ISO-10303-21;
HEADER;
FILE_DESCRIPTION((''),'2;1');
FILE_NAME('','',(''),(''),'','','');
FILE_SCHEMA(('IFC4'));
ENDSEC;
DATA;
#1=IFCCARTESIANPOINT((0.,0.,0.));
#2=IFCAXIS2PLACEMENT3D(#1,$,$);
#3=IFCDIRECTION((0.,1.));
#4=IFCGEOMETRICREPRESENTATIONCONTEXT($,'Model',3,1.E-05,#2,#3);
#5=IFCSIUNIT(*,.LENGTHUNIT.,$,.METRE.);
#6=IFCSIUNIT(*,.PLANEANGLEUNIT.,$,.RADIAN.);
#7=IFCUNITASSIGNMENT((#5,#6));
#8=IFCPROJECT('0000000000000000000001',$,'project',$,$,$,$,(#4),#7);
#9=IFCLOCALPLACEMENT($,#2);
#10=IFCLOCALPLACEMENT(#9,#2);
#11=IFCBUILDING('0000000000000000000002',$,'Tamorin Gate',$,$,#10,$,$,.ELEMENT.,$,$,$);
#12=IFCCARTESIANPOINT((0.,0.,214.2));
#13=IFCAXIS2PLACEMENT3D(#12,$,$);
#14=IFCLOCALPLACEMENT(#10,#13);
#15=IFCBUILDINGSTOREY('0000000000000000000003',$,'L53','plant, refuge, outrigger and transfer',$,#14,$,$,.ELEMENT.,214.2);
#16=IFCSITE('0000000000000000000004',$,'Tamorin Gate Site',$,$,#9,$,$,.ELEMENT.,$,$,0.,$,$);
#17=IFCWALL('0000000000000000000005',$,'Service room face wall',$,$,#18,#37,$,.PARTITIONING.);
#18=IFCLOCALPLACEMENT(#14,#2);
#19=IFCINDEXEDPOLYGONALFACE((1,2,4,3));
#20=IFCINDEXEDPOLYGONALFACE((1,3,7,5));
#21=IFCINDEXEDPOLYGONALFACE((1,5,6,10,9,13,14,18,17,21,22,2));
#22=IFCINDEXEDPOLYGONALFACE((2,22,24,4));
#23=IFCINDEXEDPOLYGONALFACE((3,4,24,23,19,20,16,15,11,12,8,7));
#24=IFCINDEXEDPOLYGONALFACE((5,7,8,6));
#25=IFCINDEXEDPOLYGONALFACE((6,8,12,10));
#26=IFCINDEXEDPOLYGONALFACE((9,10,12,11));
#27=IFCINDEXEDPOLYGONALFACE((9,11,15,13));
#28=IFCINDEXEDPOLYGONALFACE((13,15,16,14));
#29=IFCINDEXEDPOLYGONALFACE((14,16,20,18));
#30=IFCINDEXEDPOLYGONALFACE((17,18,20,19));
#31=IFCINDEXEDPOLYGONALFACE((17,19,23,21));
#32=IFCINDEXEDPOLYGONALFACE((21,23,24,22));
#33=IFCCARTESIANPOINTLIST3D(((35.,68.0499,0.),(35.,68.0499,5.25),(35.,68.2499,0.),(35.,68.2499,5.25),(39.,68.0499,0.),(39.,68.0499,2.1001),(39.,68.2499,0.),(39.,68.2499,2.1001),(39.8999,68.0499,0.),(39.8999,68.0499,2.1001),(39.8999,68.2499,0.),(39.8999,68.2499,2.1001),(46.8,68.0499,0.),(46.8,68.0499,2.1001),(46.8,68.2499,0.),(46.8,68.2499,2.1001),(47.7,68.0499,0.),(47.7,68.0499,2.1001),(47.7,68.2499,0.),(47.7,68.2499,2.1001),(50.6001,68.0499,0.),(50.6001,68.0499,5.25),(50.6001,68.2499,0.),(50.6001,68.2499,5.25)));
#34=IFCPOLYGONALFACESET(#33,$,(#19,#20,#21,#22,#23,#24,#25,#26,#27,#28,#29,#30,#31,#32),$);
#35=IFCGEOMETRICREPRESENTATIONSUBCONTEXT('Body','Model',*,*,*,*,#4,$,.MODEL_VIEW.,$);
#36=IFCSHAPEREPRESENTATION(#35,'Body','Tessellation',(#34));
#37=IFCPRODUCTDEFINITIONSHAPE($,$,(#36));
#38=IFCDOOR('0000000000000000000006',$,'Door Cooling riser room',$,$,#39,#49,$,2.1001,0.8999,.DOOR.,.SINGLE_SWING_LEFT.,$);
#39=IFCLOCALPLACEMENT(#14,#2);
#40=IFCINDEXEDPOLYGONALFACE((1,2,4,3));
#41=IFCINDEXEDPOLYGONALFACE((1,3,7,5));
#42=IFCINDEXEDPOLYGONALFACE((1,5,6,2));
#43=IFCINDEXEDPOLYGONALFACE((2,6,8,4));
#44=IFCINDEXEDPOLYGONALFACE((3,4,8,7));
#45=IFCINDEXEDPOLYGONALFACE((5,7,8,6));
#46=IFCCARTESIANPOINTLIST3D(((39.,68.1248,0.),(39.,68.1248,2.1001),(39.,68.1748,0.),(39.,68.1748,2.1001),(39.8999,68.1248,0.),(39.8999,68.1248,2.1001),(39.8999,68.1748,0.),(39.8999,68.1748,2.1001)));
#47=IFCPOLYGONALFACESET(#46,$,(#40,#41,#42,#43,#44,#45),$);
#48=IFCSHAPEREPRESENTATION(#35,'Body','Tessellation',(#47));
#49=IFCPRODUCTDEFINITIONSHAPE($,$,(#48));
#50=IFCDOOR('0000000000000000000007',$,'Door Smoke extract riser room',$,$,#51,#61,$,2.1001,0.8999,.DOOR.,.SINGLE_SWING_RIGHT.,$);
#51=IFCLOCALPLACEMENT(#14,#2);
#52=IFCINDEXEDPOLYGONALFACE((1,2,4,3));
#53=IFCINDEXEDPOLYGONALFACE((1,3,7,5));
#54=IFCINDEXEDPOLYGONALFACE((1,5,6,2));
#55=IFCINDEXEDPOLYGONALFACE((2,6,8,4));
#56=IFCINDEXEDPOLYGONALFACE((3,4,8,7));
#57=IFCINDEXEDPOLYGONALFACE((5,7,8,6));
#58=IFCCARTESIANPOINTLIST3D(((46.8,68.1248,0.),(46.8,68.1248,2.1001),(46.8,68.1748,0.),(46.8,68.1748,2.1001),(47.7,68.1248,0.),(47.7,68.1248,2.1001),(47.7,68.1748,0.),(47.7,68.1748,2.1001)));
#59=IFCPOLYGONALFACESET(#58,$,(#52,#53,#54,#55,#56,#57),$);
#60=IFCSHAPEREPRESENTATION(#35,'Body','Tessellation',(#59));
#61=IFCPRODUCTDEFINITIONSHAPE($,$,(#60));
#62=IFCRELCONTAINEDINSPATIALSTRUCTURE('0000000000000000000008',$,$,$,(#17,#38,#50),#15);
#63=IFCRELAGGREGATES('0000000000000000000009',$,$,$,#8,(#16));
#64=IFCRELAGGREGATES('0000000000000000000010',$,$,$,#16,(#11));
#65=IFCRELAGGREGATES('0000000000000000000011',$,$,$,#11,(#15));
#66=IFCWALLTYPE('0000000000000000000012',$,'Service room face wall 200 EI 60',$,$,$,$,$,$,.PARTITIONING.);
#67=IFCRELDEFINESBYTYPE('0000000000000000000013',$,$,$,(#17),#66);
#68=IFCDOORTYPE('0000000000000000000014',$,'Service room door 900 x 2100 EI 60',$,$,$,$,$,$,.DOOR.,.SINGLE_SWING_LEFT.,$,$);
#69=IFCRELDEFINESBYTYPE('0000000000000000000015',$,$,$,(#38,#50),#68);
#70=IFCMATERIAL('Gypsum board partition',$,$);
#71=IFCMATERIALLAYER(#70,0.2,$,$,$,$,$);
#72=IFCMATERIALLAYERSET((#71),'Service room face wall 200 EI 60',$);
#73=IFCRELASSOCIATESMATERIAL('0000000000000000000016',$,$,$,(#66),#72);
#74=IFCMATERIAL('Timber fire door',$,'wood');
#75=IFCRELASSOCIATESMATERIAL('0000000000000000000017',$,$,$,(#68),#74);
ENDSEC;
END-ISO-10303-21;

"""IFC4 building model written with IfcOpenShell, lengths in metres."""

from ifc_helpers import new_model, si_unit, direction, frame, frame_2d, origin, place, context, subcontext, project, spatial, rectangle, extrude, material, layer, layer_set, type_object, element, fill, save


model = new_model("IFC4")

# Units and contexts
model_context = context("Model", 3, precision=1e-05, world=origin(), true_north=direction((0.0, 1.0)))
body_context = subcontext(model_context, "Body", "Model", "MODEL_VIEW")
ifc_project = project(units=[si_unit("LENGTHUNIT", "METRE"), si_unit("PLANEANGLEUNIT", "RADIAN")], contexts=[model_context])

# Site, building, storey
site_placement = place(None, origin())
site = spatial("IfcSite", under=ifc_project, at=site_placement, Name="Tamorin Gate Site", CompositionType="ELEMENT", RefElevation=0.0)
building_placement = place(site_placement, origin())
building = spatial("IfcBuilding", under=site, at=building_placement, Name="Tamorin Gate", CompositionType="ELEMENT")
storey_placement = place(building_placement, frame((0.0, 0.0, 214.2)))
storey = spatial("IfcBuildingStorey", under=building, at=storey_placement, Name="L53", Description="plant, refuge, outrigger and transfer", CompositionType="ELEMENT", Elevation=214.2)

# Wall, openings, doors
ifc_material_1 = material(Name="Gypsum board partition")
ifc_layer_1 = layer(ifc_material_1, 0.2)
ifc_layer_set_1 = layer_set([ifc_layer_1], Name="Service room face wall 200 EI 60")
wall_type_1 = type_object("IfcWallType", Name="Service room face wall 200 EI 60", PredefinedType="PARTITIONING", material=ifc_layer_set_1)
wall_1_placement = place(storey_placement, frame((35.0, 68.1499, 0.0), z_axis=(0.0, 0.0, 1.0), x_axis=(1.0, 0.0, 0.0)))
wall_1 = element("IfcWall", 1, at=wall_1_placement, inside=storey, type_object=wall_type_1, Name="Service room face wall", PredefinedType="PARTITIONING", context=body_context, shape_type="SweptSolid", body=[
    extrude(rectangle(XDim=15.6001, YDim=0.2, at=frame_2d((7.8, 0.0))), origin(), (0.0, 0.0, 1.0), 5.25),
])
opening_1_placement = place(wall_1_placement, frame((4.0, 0.0, 0.0)))
opening_1 = element("IfcOpeningElement", 2, at=opening_1_placement, cuts=wall_1, PredefinedType="OPENING", context=body_context, shape_type="SweptSolid", body=[
    extrude(rectangle(XDim=0.8999, YDim=2.1001, at=frame_2d((0.45, 1.05))), frame((0.0, 0.1099, 0.0), z_axis=(0.0, -1.0, 0.0), x_axis=(1.0, 0.0, 0.0)), (0.0, 0.0, 1.0), 0.22),
])
opening_2_placement = place(wall_1_placement, frame((11.8, 0.0, 0.0)))
opening_2 = element("IfcOpeningElement", 3, at=opening_2_placement, cuts=wall_1, PredefinedType="OPENING", context=body_context, shape_type="SweptSolid", body=[
    extrude(rectangle(XDim=0.8999, YDim=2.1001, at=frame_2d((0.45, 1.05))), frame((0.0, 0.1099, 0.0), z_axis=(0.0, -1.0, 0.0), x_axis=(1.0, 0.0, 0.0)), (0.0, 0.0, 1.0), 0.22),
])
ifc_material_2 = material(Name="Timber fire door", Category="wood")
door_type_1 = type_object("IfcDoorType", Name="Service room door 900 x 2100 EI 60", OperationType="SINGLE_SWING_LEFT", PredefinedType="DOOR", material=ifc_material_2)
door_1_placement = place(opening_1_placement, origin())
door_1 = element("IfcDoor", 4, at=door_1_placement, inside=storey, type_object=door_type_1, Name="Door Cooling riser room", OperationType="SINGLE_SWING_LEFT", OverallHeight=2.1001, OverallWidth=0.8999, PredefinedType="DOOR", context=body_context, shape_type="SweptSolid", body=[
    extrude(rectangle(XDim=0.8999, YDim=2.1001, at=frame_2d((0.45, 1.05))), frame((0.0, 0.0249, 0.0), z_axis=(0.0, -1.0, 0.0), x_axis=(1.0, 0.0, 0.0)), (0.0, 0.0, 1.0), 0.05),
])
fill(opening_1, door_1)
door_2_placement = place(opening_2_placement, origin())
door_2 = element("IfcDoor", 5, at=door_2_placement, inside=storey, type_object=door_type_1, Name="Door Smoke extract riser room", OperationType="SINGLE_SWING_RIGHT", OverallHeight=2.1001, OverallWidth=0.8999, PredefinedType="DOOR", context=body_context, shape_type="SweptSolid", body=[
    extrude(rectangle(XDim=0.8999, YDim=2.1001, at=frame_2d((0.45, 1.05))), frame((0.0, 0.0249, 0.0), z_axis=(0.0, -1.0, 0.0), x_axis=(1.0, 0.0, 0.0)), (0.0, 0.0, 1.0), 0.05),
])
fill(opening_2, door_2)

save(model, "model.ifc")
